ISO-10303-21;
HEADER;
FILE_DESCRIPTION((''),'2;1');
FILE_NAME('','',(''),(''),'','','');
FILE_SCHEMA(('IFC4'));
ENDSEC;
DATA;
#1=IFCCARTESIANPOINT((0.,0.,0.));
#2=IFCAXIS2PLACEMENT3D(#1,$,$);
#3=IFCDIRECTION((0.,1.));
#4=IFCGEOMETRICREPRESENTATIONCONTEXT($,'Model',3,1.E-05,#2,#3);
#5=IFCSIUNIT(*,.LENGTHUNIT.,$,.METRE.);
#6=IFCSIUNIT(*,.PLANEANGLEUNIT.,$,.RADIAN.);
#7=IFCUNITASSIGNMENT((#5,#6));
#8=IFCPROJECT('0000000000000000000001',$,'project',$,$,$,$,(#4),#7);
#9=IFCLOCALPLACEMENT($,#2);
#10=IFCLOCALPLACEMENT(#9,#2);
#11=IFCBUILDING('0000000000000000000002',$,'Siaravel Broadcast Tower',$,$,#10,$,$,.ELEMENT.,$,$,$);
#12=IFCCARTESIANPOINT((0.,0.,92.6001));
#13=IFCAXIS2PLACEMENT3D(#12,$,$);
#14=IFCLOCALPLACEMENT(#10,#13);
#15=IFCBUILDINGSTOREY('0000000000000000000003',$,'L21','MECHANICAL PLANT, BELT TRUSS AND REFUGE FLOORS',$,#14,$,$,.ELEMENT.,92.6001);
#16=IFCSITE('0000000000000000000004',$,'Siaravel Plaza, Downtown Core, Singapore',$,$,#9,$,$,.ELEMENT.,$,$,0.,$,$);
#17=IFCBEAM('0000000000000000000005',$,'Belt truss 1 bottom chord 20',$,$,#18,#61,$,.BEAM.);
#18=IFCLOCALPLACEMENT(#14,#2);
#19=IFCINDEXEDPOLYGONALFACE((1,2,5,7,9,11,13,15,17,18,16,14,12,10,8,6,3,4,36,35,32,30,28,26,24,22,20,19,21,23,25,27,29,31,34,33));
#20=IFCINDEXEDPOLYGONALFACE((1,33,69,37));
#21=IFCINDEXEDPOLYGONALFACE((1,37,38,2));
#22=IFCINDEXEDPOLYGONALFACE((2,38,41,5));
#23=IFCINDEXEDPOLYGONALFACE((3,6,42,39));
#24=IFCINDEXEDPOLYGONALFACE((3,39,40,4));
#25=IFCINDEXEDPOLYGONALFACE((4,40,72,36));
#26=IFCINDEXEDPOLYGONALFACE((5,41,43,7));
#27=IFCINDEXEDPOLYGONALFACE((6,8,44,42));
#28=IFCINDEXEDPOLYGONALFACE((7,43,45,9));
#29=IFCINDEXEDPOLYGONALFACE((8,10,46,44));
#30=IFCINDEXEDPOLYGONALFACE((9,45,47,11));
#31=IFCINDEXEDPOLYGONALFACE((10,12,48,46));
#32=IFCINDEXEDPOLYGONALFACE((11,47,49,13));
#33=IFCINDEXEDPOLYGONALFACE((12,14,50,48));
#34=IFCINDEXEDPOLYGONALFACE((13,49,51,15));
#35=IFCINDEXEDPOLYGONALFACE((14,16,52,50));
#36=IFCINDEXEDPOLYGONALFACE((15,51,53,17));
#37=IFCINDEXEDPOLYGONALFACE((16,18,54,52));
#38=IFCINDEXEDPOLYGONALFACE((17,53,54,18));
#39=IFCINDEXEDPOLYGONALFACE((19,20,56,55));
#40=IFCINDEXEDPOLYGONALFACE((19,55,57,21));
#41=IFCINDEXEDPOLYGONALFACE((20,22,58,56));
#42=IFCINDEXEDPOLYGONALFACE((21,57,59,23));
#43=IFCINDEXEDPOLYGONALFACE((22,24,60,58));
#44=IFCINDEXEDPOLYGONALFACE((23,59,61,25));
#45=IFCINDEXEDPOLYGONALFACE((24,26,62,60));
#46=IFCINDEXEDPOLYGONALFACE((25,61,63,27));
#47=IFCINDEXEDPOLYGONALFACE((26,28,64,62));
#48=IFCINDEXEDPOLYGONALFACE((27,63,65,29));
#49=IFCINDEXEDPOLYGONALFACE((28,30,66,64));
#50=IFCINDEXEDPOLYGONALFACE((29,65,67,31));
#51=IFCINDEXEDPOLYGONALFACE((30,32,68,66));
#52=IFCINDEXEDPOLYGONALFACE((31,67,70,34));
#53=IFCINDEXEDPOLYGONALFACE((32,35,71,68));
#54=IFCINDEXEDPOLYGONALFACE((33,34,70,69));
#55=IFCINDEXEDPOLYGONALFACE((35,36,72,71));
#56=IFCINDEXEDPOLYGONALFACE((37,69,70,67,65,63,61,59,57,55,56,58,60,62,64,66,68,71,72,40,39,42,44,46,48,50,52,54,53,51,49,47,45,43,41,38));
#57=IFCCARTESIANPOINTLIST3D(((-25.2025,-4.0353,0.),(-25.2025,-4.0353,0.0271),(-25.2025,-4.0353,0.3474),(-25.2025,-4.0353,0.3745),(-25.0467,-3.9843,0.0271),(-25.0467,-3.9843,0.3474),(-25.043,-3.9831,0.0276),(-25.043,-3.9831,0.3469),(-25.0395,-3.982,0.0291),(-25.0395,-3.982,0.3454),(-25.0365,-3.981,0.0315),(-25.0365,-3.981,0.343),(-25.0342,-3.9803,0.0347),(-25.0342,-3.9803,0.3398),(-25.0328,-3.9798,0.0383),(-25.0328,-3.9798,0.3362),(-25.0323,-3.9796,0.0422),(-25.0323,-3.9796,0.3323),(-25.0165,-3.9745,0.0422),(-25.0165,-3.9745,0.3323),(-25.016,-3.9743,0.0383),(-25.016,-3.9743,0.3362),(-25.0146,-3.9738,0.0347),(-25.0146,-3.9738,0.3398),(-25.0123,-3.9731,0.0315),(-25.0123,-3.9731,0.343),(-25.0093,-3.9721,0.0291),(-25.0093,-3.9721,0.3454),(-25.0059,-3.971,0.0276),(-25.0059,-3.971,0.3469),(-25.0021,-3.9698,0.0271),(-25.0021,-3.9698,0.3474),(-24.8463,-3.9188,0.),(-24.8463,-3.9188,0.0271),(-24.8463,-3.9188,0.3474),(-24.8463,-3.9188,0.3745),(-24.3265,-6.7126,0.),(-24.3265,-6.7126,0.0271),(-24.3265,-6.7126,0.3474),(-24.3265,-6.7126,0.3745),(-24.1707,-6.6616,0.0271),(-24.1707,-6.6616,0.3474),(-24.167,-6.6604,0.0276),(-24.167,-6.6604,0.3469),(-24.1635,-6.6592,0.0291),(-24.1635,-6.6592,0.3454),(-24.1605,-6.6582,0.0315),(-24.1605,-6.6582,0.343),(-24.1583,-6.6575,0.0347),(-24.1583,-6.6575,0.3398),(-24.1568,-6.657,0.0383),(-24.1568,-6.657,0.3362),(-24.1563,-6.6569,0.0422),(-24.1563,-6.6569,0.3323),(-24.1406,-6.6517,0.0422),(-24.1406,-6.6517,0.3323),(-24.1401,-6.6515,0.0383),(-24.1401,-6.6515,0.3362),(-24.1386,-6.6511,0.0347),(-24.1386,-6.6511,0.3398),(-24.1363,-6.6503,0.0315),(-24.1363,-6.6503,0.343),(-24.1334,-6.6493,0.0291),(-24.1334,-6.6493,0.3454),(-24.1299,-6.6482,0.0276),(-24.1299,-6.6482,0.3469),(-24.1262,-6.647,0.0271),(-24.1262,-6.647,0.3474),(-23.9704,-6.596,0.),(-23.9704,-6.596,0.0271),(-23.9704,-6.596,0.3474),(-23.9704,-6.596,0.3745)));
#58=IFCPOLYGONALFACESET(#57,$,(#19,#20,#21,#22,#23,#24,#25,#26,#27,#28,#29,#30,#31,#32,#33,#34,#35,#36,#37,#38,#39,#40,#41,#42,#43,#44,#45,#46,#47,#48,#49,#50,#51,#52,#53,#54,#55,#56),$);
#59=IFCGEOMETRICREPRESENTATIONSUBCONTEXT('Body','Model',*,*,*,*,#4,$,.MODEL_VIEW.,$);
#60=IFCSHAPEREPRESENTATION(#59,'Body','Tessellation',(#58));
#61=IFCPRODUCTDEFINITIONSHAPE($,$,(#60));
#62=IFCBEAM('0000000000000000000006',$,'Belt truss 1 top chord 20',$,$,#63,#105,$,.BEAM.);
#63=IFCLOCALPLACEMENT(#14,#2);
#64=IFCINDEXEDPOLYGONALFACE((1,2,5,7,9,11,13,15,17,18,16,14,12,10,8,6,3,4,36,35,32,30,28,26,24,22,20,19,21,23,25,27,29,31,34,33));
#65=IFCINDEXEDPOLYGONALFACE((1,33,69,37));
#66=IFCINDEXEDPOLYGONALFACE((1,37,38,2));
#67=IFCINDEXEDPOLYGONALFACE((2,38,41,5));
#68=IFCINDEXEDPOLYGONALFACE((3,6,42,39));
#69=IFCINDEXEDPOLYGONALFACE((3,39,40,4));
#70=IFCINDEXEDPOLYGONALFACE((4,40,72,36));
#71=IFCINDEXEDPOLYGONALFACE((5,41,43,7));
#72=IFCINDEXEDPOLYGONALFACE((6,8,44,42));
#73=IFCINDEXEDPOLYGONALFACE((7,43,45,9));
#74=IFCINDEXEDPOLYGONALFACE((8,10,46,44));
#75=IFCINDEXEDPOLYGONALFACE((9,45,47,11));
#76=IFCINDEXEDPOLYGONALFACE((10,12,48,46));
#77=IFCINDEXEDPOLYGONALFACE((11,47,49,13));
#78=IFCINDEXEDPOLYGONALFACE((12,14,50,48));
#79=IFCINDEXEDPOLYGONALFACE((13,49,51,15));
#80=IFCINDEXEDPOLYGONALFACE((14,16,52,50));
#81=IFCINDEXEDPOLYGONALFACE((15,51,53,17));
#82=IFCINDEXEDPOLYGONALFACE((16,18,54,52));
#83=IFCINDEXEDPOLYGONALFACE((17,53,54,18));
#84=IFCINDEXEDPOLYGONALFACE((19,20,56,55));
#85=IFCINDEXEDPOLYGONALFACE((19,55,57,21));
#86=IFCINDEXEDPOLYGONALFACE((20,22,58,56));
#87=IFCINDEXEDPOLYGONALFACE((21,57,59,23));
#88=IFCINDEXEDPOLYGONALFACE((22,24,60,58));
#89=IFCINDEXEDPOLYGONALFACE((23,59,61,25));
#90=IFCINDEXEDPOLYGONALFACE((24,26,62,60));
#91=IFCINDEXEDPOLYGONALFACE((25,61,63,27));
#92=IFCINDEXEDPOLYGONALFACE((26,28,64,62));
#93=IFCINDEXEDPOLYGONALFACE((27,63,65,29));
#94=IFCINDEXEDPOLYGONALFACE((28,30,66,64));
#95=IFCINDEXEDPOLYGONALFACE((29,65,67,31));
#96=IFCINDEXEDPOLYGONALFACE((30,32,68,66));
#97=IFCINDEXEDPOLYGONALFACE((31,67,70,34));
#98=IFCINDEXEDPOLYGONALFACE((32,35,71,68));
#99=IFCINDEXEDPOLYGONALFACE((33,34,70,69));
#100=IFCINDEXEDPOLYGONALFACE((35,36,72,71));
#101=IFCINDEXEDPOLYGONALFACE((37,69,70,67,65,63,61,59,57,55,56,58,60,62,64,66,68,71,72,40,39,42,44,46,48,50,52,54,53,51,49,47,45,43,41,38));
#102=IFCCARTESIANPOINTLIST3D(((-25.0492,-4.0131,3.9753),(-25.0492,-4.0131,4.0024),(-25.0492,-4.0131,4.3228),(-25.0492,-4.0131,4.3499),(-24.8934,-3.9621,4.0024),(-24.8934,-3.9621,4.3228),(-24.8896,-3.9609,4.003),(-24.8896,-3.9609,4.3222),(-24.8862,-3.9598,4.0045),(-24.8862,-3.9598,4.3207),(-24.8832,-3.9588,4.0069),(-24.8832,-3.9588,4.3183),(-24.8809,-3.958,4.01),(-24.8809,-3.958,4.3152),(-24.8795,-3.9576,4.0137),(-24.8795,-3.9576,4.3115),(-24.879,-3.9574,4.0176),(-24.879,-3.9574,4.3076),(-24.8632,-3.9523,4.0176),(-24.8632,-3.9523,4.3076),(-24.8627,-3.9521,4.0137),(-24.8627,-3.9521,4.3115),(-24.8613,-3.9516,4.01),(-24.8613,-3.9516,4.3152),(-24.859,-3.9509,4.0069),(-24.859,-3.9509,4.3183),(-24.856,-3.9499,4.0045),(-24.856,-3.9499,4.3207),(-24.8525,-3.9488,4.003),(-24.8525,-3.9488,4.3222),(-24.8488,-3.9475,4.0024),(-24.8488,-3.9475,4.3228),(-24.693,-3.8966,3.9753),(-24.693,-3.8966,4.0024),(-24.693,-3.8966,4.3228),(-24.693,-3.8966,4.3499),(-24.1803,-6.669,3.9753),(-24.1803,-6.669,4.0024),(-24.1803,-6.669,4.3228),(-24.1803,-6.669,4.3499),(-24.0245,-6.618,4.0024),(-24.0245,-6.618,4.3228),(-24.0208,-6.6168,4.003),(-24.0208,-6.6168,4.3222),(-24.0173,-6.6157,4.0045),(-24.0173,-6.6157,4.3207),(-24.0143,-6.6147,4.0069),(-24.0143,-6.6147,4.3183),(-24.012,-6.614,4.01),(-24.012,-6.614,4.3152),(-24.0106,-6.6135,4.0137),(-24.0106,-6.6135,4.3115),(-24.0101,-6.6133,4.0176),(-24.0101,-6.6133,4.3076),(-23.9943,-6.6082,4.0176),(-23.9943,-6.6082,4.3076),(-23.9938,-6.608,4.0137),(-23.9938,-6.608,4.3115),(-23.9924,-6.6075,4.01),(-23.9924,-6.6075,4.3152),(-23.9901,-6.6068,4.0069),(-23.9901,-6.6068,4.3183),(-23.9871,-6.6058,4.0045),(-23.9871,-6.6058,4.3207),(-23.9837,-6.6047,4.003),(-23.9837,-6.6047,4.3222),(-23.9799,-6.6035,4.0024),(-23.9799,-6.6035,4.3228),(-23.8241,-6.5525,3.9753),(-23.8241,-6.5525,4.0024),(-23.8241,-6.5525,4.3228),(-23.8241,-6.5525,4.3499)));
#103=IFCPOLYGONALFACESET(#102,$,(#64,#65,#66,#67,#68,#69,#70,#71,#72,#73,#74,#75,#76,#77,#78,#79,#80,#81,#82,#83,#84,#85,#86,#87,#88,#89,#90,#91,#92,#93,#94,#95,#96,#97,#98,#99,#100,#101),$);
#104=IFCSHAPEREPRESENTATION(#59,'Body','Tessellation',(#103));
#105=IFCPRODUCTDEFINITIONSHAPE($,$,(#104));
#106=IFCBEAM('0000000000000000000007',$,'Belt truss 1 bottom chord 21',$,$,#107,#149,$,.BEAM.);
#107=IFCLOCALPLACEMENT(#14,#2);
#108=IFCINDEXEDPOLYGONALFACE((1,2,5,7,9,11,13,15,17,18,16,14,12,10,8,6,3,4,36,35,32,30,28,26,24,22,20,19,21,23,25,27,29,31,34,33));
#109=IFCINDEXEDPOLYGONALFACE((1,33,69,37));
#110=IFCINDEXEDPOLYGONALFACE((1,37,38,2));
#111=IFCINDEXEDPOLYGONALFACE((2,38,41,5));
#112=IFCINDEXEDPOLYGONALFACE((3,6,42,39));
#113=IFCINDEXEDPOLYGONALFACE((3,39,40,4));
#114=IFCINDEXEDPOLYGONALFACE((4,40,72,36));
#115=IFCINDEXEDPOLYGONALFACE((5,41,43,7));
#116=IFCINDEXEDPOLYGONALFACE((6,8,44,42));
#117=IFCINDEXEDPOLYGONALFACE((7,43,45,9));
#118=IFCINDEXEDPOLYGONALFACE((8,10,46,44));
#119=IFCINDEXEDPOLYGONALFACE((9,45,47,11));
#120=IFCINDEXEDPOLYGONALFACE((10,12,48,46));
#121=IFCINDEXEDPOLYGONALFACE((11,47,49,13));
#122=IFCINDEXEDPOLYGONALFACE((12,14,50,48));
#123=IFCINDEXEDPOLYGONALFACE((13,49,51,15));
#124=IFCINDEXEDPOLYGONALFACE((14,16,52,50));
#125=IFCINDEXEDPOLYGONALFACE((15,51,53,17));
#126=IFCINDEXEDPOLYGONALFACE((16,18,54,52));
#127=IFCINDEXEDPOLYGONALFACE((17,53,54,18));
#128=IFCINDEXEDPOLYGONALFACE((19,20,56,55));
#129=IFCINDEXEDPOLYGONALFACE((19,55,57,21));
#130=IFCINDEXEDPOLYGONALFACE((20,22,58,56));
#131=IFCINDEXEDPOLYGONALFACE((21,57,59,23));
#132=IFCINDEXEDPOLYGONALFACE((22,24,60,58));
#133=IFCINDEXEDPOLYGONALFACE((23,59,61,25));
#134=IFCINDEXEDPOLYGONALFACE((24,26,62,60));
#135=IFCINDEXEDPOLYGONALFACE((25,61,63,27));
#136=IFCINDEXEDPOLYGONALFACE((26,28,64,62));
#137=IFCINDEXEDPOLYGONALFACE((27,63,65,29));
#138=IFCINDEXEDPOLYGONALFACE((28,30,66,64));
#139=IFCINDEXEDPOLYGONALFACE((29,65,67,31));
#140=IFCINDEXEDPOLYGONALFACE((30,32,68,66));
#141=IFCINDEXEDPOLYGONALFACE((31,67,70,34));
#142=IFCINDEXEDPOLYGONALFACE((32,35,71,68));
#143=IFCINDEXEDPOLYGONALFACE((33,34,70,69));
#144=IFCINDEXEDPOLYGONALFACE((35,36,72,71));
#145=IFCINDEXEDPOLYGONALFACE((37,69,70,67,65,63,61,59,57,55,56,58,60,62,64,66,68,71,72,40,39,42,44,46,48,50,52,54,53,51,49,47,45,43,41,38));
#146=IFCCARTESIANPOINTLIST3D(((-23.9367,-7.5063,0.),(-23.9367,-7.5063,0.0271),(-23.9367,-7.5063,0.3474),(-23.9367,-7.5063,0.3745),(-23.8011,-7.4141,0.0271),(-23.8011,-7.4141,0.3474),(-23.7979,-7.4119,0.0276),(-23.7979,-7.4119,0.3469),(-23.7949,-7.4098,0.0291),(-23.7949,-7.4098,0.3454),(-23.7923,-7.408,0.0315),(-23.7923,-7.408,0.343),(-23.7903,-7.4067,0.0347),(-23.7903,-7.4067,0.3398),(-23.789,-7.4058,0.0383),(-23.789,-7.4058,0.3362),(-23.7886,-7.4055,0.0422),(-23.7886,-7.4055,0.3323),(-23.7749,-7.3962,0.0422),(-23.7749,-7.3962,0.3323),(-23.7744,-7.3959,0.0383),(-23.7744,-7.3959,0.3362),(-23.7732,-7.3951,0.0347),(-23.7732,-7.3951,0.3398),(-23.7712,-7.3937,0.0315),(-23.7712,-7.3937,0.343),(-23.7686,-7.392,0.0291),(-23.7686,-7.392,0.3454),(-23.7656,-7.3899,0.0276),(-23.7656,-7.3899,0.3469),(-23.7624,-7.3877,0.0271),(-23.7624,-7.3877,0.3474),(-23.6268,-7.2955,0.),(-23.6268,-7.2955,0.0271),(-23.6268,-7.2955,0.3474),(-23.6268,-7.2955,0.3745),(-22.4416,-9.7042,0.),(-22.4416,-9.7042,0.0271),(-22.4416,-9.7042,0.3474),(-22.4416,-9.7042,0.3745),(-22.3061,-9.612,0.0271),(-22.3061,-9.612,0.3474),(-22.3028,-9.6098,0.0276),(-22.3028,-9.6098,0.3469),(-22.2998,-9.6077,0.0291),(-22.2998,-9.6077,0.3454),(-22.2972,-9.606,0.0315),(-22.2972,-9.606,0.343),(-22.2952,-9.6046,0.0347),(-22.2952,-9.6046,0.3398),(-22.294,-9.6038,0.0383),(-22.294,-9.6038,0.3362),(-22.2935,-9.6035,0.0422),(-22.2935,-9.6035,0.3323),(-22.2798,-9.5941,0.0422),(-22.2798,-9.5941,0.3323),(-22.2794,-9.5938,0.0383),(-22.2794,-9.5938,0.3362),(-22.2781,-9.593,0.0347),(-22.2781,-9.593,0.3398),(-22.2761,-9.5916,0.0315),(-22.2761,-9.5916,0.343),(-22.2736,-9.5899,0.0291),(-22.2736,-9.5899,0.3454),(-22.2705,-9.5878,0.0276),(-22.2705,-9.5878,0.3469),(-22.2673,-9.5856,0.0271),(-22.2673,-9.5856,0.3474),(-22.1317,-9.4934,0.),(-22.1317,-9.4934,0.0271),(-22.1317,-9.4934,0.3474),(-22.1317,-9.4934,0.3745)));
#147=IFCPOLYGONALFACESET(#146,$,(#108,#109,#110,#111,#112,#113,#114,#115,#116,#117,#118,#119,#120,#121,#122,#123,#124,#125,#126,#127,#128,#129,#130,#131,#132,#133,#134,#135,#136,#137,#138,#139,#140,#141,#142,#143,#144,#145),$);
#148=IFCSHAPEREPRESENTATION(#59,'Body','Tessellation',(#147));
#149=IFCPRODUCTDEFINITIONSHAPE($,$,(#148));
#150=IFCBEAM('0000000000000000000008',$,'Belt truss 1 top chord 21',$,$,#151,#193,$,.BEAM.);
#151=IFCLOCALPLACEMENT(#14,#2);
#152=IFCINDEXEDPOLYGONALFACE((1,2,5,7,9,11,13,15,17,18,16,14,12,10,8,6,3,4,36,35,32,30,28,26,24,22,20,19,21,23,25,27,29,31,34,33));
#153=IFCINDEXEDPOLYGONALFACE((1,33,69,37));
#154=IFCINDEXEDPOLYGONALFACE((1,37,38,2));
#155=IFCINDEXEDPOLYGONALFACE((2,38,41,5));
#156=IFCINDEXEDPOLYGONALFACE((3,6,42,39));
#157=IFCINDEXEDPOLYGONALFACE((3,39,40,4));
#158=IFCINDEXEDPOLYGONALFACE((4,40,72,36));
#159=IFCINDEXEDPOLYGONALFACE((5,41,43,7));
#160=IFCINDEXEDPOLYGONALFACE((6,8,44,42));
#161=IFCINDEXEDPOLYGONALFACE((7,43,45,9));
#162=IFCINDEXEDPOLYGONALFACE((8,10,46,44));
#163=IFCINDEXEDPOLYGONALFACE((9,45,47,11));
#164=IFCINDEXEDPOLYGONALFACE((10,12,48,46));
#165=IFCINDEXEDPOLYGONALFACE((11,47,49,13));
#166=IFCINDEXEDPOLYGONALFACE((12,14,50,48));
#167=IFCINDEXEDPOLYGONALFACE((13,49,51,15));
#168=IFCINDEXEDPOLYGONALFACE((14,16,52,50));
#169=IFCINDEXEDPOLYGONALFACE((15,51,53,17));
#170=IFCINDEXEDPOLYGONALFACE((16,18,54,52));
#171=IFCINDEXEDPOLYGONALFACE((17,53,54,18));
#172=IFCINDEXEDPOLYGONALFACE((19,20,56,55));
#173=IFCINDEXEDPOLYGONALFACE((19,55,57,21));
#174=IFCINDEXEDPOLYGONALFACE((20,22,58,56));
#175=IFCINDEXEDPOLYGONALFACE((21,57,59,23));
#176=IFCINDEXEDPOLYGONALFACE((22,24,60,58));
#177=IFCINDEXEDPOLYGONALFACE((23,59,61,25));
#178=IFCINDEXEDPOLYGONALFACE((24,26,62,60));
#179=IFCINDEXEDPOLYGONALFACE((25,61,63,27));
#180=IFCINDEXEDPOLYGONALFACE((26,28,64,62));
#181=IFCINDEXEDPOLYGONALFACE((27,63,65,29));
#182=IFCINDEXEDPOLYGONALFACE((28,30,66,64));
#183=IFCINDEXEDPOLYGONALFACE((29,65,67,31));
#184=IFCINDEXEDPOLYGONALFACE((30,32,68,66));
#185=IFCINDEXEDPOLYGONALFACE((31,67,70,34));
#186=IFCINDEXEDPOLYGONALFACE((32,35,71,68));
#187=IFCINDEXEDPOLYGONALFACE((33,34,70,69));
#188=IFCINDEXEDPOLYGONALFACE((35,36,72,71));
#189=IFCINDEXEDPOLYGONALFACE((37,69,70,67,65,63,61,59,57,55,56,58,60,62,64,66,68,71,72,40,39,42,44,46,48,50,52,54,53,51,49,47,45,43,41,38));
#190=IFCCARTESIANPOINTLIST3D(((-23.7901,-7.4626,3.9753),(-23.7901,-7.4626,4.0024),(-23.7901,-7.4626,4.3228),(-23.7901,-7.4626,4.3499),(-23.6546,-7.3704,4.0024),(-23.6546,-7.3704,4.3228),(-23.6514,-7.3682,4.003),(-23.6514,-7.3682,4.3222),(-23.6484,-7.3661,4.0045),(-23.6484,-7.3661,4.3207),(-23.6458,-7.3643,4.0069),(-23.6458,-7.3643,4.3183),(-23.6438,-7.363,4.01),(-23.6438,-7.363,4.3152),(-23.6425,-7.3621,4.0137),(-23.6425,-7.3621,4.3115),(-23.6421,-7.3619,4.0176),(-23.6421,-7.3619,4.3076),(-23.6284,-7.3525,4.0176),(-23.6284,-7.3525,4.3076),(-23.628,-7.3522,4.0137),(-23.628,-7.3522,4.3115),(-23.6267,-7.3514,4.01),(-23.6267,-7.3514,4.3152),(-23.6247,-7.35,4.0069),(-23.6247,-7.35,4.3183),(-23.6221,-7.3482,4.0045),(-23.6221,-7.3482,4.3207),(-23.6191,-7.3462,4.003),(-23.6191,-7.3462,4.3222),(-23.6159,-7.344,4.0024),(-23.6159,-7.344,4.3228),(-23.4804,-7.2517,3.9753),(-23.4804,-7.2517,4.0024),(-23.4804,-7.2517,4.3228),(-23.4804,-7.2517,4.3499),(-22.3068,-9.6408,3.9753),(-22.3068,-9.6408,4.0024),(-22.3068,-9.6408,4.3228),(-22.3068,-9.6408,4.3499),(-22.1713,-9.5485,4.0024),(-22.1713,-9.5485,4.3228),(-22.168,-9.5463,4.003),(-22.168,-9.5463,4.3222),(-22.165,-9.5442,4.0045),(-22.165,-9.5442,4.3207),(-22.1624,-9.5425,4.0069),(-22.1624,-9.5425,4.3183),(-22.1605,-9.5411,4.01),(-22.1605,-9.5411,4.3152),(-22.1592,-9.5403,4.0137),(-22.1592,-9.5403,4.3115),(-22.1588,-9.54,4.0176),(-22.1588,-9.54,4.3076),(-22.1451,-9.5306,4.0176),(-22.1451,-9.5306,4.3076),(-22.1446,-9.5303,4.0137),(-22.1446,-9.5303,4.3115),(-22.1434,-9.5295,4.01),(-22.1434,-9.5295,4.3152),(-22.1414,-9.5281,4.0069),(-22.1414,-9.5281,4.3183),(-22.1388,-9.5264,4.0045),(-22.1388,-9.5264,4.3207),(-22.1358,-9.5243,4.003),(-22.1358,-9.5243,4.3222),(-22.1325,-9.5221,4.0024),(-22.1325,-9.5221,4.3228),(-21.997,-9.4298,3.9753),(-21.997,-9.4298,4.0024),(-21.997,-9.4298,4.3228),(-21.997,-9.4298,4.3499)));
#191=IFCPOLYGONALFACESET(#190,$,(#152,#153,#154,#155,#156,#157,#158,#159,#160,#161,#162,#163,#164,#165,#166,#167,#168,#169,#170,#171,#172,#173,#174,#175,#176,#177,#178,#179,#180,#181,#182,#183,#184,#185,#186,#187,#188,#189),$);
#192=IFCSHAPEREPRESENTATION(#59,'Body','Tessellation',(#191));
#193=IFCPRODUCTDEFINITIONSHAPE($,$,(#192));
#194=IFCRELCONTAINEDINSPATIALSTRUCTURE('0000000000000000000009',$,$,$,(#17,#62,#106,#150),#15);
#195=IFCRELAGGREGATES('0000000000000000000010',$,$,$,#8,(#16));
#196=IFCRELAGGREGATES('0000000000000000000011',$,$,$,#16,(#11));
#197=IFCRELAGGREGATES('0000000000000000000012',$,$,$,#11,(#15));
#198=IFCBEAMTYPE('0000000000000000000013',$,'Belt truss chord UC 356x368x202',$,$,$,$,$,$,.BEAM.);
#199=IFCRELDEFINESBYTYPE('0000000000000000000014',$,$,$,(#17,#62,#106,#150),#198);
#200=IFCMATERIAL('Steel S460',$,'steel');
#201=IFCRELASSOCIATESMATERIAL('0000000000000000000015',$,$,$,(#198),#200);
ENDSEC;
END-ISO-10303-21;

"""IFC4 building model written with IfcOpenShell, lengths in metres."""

from ifc_helpers import new_model, si_unit, direction, frame, origin, origin_2d, place, context, subcontext, project, spatial, i_section, extrude, material, material_profile, profile_set, type_object, element, save


model = new_model("IFC4")

# Units and contexts
model_context = context("Model", 3, precision=1e-05, world=origin(), true_north=direction((0.0, 1.0)))
body_context = subcontext(model_context, "Body", "Model", "MODEL_VIEW")
ifc_project = project(units=[si_unit("LENGTHUNIT", "METRE"), si_unit("PLANEANGLEUNIT", "RADIAN")], contexts=[model_context])

# Site, building, storey
site_placement = place(None, origin())
site = spatial("IfcSite", under=ifc_project, at=site_placement, Name="Siaravel Plaza, Downtown Core, Singapore", CompositionType="ELEMENT", RefElevation=0.0)
building_placement = place(site_placement, origin())
building = spatial("IfcBuilding", under=site, at=building_placement, Name="Siaravel Broadcast Tower", CompositionType="ELEMENT")
storey_placement = place(building_placement, frame((0.0, 0.0, 92.6001)))
storey = spatial("IfcBuildingStorey", under=building, at=storey_placement, Name="L21", Description="MECHANICAL PLANT, BELT TRUSS AND REFUGE FLOORS", CompositionType="ELEMENT", Elevation=92.6001)

# Beams
ifc_material_1 = material(Name="Steel S460", Category="steel")
ifc_material_profile_1 = material_profile(ifc_material_1, i_section(OverallWidth=0.3748, OverallDepth=0.3745, WebThickness=0.0166, FlangeThickness=0.0271, FilletRadius=0.0151, at=origin_2d()))
ifc_profile_set_1 = profile_set([ifc_material_profile_1], Name="Steel S460")
beam_type_1 = type_object("IfcBeamType", Name="Belt truss chord UC 356x368x202", PredefinedType="BEAM", material=ifc_profile_set_1)
beam_1_placement = place(storey_placement, frame((-25.0244, -3.9771, 0.1873), z_axis=(0.310971, -0.950419, 0.0), x_axis=(0.950419, 0.310971, 0.0)))
element("IfcBeam", 1, at=beam_1_placement, inside=storey, type_object=beam_type_1, Name="Belt truss 1 bottom chord 20", PredefinedType="BEAM", context=body_context, shape_type="SweptSolid", body=[
    extrude(i_section(OverallWidth=0.3748, OverallDepth=0.3745, WebThickness=0.0166, FlangeThickness=0.0271, FilletRadius=0.0151, at=origin_2d()), origin(), (0.0, 0.0, 1.0), 2.8169),
])
beam_2_placement = place(storey_placement, frame((-24.8711, -3.9548, 4.1626), z_axis=(0.310929, -0.950433, 0.0), x_axis=(0.950433, 0.310929, 0.0)))
element("IfcBeam", 2, at=beam_2_placement, inside=storey, type_object=beam_type_1, Name="Belt truss 1 top chord 20", PredefinedType="BEAM", context=body_context, shape_type="SweptSolid", body=[
    extrude(i_section(OverallWidth=0.3748, OverallDepth=0.3745, WebThickness=0.0166, FlangeThickness=0.0271, FilletRadius=0.0151, at=origin_2d()), origin(), (0.0, 0.0, 1.0), 2.7944),
])
beam_3_placement = place(storey_placement, frame((-23.7817, -7.4009, 0.1873), z_axis=(0.562433, -0.826843, 0.0), x_axis=(0.826843, 0.562433, 0.0)))
element("IfcBeam", 3, at=beam_3_placement, inside=storey, type_object=beam_type_1, Name="Belt truss 1 bottom chord 21", PredefinedType="BEAM", context=body_context, shape_type="SweptSolid", body=[
    extrude(i_section(OverallWidth=0.3748, OverallDepth=0.3745, WebThickness=0.0166, FlangeThickness=0.0271, FilletRadius=0.0151, at=origin_2d()), origin(), (0.0, 0.0, 1.0), 2.6582),
])
beam_4_placement = place(storey_placement, frame((-23.6353, -7.3572, 4.1626), z_axis=(0.562883, -0.826537, 0.0), x_axis=(0.826537, 0.562883, 0.0)))
element("IfcBeam", 4, at=beam_4_placement, inside=storey, type_object=beam_type_1, Name="Belt truss 1 top chord 21", PredefinedType="BEAM", context=body_context, shape_type="SweptSolid", body=[
    extrude(i_section(OverallWidth=0.3748, OverallDepth=0.3745, WebThickness=0.0166, FlangeThickness=0.0271, FilletRadius=0.0151, at=origin_2d()), origin(), (0.0, 0.0, 1.0), 2.6353),
])

save(model, "model.ifc")
